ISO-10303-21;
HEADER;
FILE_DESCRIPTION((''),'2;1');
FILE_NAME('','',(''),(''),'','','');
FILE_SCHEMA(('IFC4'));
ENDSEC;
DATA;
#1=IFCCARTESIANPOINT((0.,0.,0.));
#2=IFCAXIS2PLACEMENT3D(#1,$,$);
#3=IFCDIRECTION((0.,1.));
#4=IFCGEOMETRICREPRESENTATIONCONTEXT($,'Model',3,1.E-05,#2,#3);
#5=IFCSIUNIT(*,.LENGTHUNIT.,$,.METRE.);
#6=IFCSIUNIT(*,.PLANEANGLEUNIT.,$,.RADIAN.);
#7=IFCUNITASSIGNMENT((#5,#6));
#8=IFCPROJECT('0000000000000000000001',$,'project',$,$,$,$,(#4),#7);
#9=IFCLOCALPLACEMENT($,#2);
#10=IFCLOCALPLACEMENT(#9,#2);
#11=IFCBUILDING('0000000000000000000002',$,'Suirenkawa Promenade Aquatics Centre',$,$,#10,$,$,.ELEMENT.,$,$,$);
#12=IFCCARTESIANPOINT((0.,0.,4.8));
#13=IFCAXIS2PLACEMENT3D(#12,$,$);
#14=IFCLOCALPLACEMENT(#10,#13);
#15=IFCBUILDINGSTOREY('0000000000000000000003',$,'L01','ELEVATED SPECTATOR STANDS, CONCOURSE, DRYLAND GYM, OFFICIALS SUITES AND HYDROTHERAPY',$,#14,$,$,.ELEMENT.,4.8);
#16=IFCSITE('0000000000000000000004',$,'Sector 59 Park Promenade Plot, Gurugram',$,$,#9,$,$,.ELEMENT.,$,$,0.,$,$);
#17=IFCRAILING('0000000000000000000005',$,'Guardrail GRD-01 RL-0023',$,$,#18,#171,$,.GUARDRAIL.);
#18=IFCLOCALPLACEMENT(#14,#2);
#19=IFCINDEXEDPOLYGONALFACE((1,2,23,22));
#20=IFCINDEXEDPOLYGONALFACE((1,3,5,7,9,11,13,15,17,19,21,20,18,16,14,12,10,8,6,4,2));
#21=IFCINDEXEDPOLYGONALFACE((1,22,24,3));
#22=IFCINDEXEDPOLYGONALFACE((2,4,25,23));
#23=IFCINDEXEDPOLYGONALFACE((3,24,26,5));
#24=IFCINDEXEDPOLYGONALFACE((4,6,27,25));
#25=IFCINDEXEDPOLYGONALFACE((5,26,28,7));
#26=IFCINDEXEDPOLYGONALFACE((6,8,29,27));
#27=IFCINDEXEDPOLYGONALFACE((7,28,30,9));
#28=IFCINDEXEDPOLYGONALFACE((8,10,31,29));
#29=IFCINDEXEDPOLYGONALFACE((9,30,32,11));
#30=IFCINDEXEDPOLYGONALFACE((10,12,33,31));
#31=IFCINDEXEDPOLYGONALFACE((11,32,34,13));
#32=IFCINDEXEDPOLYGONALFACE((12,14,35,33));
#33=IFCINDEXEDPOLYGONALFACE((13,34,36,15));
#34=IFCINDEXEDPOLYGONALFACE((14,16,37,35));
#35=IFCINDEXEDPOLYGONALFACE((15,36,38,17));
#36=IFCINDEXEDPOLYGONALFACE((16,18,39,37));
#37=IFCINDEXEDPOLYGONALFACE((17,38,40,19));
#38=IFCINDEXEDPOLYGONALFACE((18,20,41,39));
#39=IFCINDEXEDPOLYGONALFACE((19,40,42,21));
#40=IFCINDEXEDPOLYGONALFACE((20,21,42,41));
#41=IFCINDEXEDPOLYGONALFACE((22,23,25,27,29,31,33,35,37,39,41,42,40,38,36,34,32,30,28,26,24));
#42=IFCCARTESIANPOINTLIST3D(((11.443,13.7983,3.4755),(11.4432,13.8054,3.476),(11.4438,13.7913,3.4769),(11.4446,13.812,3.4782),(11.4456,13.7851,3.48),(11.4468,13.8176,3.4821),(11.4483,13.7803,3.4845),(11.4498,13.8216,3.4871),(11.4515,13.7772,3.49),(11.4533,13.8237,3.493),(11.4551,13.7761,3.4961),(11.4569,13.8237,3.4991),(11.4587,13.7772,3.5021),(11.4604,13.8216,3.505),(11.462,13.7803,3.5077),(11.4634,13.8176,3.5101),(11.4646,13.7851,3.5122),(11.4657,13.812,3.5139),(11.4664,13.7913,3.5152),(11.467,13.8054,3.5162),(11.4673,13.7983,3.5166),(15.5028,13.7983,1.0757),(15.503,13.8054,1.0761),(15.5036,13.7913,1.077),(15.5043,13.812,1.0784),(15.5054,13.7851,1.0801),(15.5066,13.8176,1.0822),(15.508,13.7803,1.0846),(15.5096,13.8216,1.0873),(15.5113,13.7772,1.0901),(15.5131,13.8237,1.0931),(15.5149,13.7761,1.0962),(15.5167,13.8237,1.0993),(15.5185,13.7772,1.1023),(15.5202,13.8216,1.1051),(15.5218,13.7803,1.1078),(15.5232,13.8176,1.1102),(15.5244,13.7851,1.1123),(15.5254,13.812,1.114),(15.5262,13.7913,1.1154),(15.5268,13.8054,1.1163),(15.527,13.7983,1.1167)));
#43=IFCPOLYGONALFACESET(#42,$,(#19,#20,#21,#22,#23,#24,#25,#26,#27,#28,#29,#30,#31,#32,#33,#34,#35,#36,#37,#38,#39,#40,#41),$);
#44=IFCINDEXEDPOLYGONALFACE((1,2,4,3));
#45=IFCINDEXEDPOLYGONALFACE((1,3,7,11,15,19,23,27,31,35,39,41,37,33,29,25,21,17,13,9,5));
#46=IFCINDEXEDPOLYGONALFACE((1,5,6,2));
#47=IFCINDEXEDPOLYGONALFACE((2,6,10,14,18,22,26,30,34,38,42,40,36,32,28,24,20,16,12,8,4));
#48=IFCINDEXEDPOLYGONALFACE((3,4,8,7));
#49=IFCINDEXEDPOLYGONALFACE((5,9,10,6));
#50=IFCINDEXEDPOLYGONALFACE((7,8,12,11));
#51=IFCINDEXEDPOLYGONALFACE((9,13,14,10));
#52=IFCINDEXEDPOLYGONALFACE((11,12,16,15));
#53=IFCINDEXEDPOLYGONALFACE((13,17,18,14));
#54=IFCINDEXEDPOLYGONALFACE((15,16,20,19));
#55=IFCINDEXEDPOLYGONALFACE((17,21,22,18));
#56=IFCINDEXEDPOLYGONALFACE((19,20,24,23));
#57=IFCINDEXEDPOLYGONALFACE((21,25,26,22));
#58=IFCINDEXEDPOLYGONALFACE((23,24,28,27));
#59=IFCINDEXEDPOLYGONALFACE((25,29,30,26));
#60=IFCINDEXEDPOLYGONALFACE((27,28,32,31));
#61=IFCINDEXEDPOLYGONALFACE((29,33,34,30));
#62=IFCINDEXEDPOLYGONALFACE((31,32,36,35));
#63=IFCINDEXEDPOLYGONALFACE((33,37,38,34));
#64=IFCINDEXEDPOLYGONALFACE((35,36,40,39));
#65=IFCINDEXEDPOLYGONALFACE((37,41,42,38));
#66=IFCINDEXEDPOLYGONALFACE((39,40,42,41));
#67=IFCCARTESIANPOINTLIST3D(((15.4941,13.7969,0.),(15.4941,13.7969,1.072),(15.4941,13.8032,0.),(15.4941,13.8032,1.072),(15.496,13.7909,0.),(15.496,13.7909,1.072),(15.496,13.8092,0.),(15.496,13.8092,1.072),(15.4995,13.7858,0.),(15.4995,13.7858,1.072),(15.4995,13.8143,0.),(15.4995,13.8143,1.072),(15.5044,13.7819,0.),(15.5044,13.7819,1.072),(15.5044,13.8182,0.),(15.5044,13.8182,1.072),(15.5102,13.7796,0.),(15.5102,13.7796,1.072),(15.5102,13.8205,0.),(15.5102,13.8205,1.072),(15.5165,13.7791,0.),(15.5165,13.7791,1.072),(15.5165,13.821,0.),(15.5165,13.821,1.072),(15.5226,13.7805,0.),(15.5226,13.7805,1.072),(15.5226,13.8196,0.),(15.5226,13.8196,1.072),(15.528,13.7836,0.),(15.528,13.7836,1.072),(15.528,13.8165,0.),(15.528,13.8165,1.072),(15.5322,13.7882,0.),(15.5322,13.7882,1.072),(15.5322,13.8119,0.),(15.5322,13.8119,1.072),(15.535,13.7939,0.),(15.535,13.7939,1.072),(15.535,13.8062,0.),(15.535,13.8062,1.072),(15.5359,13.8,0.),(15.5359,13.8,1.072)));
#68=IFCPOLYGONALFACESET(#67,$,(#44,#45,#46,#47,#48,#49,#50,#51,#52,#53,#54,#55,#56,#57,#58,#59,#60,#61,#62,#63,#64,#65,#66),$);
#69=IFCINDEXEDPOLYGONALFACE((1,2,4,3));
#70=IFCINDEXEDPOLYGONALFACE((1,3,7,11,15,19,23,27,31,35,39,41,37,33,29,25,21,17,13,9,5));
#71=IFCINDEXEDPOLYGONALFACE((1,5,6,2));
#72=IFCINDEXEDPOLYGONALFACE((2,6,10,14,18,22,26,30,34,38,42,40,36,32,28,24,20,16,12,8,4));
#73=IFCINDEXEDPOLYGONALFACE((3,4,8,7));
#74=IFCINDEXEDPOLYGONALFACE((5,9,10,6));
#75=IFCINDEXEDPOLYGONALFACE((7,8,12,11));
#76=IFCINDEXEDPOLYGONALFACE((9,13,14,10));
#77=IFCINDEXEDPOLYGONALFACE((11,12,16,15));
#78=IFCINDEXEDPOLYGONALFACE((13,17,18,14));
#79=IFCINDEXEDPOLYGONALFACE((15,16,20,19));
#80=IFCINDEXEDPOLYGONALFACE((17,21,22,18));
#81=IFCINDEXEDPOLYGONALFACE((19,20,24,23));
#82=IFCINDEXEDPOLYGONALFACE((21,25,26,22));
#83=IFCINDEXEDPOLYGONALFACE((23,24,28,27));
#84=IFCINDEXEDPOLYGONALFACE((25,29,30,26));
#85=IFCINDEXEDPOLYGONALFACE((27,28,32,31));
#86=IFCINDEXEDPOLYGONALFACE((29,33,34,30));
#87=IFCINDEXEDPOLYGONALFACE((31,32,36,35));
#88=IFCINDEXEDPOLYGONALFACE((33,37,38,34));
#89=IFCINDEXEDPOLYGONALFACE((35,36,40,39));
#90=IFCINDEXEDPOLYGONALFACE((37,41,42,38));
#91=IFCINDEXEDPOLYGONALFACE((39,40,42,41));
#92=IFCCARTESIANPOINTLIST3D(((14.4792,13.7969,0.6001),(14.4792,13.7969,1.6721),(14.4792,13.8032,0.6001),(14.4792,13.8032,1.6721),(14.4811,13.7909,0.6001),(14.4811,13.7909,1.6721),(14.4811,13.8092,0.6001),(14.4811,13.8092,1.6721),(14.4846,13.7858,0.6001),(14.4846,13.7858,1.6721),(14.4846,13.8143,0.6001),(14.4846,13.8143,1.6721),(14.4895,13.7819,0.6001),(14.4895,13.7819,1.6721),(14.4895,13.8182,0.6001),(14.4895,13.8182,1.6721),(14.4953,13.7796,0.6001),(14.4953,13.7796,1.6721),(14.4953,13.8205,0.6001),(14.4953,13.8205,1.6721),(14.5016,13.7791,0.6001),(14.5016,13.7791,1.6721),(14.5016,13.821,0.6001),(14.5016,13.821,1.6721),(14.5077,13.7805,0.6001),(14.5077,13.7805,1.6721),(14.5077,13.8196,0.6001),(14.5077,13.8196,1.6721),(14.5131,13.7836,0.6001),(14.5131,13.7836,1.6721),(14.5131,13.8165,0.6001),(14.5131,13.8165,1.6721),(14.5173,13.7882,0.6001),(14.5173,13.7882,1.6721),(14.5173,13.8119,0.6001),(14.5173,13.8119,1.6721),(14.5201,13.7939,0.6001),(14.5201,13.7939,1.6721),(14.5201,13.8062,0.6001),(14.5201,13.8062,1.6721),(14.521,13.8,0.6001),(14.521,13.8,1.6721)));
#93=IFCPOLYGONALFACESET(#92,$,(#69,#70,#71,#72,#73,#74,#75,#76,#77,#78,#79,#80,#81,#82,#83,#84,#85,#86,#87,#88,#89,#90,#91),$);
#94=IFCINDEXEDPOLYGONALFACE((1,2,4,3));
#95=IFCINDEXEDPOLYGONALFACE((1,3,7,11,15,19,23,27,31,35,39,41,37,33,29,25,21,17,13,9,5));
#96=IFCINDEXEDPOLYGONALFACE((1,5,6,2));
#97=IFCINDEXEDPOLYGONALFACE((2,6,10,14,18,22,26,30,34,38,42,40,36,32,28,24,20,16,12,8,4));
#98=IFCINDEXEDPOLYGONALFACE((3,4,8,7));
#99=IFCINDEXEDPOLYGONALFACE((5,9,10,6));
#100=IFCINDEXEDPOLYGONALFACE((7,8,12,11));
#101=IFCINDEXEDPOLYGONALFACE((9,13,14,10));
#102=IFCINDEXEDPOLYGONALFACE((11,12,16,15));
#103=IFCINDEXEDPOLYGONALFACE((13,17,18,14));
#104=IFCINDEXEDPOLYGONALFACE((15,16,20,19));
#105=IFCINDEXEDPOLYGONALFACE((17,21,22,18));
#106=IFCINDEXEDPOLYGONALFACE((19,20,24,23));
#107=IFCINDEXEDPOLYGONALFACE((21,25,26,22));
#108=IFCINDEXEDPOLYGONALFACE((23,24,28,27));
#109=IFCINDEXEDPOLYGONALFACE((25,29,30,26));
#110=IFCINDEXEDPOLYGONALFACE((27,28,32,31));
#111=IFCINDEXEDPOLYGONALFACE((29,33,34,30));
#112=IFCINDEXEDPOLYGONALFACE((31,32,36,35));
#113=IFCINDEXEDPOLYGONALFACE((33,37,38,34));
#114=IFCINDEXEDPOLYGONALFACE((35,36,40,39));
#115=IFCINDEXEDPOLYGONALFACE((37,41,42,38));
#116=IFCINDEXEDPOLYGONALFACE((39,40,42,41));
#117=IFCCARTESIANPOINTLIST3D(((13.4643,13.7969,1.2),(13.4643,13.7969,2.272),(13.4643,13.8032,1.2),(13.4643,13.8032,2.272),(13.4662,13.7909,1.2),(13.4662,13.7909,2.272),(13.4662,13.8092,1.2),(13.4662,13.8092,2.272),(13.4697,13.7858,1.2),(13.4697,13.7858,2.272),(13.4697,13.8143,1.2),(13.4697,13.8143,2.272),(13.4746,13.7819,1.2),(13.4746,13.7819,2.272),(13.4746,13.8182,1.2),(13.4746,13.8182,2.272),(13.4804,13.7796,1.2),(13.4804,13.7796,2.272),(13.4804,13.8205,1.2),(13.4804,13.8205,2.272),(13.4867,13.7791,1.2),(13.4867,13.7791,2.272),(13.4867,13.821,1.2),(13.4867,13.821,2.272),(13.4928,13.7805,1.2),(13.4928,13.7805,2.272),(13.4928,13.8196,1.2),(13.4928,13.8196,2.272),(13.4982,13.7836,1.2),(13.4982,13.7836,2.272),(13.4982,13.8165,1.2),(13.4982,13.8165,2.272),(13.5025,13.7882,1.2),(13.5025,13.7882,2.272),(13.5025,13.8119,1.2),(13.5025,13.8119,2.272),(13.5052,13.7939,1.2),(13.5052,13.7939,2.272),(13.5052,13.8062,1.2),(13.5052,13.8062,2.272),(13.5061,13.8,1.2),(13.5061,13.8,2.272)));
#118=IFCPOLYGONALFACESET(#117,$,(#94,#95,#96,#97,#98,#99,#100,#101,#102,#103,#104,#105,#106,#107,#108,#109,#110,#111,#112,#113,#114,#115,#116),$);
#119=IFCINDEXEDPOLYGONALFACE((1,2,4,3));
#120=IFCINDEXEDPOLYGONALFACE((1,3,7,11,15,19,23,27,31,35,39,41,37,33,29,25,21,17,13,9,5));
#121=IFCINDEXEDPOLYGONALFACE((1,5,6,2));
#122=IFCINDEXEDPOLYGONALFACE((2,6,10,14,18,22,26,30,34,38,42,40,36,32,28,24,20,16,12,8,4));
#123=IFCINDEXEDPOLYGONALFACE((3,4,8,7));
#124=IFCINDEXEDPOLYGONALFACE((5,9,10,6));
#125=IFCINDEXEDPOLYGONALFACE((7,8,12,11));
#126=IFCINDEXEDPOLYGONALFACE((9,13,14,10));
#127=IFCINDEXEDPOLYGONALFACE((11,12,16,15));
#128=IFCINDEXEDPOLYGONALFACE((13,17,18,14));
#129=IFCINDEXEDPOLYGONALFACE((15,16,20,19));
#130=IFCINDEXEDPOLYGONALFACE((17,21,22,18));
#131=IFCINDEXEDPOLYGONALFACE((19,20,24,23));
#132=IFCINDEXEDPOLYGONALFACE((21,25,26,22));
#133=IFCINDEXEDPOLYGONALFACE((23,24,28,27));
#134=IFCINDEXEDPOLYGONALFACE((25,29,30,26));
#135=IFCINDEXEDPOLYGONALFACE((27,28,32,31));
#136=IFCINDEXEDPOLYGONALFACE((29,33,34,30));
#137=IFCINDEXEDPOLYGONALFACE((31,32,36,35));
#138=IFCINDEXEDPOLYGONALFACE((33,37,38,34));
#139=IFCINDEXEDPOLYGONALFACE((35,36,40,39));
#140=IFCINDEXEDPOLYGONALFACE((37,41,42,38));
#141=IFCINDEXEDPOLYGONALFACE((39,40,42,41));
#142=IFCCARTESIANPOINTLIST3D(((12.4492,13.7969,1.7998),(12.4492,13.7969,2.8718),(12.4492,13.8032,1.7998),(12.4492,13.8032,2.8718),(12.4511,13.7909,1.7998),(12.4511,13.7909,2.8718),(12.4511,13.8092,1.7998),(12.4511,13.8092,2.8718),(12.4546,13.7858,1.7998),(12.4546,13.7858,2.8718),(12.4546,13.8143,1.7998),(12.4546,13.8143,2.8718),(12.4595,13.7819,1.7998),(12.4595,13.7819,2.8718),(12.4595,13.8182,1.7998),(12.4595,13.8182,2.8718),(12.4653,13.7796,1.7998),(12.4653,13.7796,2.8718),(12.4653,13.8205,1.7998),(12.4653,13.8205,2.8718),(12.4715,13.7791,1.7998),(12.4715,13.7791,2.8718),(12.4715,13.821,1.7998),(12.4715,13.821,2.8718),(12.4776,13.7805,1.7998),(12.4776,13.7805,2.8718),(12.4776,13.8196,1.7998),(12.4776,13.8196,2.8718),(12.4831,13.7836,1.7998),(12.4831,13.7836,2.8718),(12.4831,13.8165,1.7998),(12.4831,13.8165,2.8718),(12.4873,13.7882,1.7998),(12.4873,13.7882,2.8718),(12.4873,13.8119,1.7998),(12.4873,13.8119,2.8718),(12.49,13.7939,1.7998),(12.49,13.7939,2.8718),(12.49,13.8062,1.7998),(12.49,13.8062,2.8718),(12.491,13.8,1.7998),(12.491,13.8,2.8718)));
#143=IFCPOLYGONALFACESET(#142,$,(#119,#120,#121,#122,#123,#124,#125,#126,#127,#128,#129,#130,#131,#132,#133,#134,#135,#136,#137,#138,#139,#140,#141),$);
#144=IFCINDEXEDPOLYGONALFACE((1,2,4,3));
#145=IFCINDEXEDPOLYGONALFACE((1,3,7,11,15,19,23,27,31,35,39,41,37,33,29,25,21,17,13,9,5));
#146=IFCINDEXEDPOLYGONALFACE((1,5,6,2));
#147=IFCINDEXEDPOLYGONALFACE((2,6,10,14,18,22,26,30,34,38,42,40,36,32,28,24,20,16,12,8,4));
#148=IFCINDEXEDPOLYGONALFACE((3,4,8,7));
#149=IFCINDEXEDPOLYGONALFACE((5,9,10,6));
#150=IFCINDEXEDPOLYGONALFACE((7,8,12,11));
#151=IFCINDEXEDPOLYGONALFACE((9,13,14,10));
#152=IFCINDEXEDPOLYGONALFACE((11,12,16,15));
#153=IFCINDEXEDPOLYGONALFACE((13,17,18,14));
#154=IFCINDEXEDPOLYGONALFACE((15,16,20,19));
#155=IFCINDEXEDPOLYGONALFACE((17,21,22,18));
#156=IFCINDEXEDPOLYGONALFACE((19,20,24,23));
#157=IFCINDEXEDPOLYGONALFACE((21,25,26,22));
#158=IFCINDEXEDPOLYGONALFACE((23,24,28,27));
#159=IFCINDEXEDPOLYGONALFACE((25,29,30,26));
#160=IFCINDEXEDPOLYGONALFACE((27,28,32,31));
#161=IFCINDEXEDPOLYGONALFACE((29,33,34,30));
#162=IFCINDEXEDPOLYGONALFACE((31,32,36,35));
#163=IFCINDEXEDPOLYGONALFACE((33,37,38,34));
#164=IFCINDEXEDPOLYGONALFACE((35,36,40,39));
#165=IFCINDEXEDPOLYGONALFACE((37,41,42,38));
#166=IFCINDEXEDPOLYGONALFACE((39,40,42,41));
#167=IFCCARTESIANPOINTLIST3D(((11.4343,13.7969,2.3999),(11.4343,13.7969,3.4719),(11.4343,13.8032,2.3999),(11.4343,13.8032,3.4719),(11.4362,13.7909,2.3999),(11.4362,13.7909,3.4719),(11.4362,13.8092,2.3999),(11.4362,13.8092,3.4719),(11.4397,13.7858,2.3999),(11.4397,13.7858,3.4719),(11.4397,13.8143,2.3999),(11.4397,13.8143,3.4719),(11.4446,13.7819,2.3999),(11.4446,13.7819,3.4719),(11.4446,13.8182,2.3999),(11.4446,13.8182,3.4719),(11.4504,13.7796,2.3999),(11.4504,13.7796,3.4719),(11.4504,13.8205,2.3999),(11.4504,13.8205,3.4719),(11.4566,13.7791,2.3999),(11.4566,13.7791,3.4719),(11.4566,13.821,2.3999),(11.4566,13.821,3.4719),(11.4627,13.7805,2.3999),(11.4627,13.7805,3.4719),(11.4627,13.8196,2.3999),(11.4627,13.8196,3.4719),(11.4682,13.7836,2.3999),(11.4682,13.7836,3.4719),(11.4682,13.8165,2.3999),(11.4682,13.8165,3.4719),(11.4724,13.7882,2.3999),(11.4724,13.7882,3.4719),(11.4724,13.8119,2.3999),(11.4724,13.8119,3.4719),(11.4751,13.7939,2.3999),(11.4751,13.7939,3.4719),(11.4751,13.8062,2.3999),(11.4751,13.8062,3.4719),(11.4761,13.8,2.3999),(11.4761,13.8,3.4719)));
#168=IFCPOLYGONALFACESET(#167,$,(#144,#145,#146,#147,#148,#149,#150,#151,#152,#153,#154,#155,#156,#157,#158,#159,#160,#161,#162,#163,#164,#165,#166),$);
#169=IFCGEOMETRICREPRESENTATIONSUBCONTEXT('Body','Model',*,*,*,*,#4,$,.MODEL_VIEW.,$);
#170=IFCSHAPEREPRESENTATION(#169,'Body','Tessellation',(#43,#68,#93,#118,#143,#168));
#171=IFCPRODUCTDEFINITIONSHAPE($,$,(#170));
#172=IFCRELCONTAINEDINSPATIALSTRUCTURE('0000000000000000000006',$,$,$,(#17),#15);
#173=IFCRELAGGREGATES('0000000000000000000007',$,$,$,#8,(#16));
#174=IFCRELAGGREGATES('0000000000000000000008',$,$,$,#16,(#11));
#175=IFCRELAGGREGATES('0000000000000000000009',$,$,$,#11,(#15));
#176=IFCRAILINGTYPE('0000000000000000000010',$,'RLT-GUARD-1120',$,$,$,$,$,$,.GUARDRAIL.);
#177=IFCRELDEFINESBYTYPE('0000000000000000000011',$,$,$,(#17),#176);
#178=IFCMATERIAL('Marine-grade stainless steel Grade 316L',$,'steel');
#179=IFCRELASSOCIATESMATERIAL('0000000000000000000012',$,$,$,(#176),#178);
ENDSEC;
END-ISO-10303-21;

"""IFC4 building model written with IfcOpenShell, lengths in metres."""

from ifc_helpers import new_model, si_unit, direction, frame, origin, origin_2d, place, context, subcontext, project, spatial, circle, extrude, material, type_object, element, save


model = new_model("IFC4")

# Units and contexts
model_context = context("Model", 3, precision=1e-05, world=origin(), true_north=direction((0.0, 1.0)))
body_context = subcontext(model_context, "Body", "Model", "MODEL_VIEW")
ifc_project = project(units=[si_unit("LENGTHUNIT", "METRE"), si_unit("PLANEANGLEUNIT", "RADIAN")], contexts=[model_context])

# Site, building, storey
site_placement = place(None, origin())
site = spatial("IfcSite", under=ifc_project, at=site_placement, Name="Sector 59 Park Promenade Plot, Gurugram", CompositionType="ELEMENT", RefElevation=0.0)
building_placement = place(site_placement, origin())
building = spatial("IfcBuilding", under=site, at=building_placement, Name="Suirenkawa Promenade Aquatics Centre", CompositionType="ELEMENT")
storey_placement = place(building_placement, frame((0.0, 0.0, 4.8)))
storey = spatial("IfcBuildingStorey", under=building, at=storey_placement, Name="L01", Description="ELEVATED SPECTATOR STANDS, CONCOURSE, DRYLAND GYM, OFFICIALS SUITES AND HYDROTHERAPY", CompositionType="ELEMENT", Elevation=4.8)

# Railing
ifc_material_1 = material(Name="Marine-grade stainless steel Grade 316L", Category="steel")
railing_type_1 = type_object("IfcRailingType", Name="RLT-GUARD-1120", PredefinedType="GUARDRAIL", material=ifc_material_1)
for number, where, name in (
    (1, (15.5149, 13.8, 0.0), "Guardrail GRD-01 RL-0023"),
):
    element("IfcRailing", number, at=place(storey_placement, frame(where)), inside=storey, type_object=railing_type_1, Name=name, PredefinedType="GUARDRAIL", context=body_context, shape_type="SweptSolid", body=[
        extrude(circle(Radius=0.0239, at=origin_2d()), frame((0.0, 0.0, 1.0962), z_axis=(-0.860841, 0.0, 0.508874), x_axis=(0.0, -1.0, 0.0)), (0.0, 0.0, 1.0), 4.7161),
        extrude(circle(Radius=0.021, at=origin_2d()), origin(), (0.0, 0.0, 1.0), 1.072),
        extrude(circle(Radius=0.021, at=origin_2d()), frame((-1.0149, 0.0, 0.6001)), (0.0, 0.0, 1.0), 1.072),
        extrude(circle(Radius=0.021, at=origin_2d()), frame((-2.0298, 0.0, 1.2)), (0.0, 0.0, 1.0), 1.072),
        extrude(circle(Radius=0.021, at=origin_2d()), frame((-3.0449, 0.0, 1.7998)), (0.0, 0.0, 1.0), 1.072),
        extrude(circle(Radius=0.021, at=origin_2d()), frame((-4.0598, 0.0, 2.3999)), (0.0, 0.0, 1.0), 1.072),
    ])

save(model, "model.ifc")
